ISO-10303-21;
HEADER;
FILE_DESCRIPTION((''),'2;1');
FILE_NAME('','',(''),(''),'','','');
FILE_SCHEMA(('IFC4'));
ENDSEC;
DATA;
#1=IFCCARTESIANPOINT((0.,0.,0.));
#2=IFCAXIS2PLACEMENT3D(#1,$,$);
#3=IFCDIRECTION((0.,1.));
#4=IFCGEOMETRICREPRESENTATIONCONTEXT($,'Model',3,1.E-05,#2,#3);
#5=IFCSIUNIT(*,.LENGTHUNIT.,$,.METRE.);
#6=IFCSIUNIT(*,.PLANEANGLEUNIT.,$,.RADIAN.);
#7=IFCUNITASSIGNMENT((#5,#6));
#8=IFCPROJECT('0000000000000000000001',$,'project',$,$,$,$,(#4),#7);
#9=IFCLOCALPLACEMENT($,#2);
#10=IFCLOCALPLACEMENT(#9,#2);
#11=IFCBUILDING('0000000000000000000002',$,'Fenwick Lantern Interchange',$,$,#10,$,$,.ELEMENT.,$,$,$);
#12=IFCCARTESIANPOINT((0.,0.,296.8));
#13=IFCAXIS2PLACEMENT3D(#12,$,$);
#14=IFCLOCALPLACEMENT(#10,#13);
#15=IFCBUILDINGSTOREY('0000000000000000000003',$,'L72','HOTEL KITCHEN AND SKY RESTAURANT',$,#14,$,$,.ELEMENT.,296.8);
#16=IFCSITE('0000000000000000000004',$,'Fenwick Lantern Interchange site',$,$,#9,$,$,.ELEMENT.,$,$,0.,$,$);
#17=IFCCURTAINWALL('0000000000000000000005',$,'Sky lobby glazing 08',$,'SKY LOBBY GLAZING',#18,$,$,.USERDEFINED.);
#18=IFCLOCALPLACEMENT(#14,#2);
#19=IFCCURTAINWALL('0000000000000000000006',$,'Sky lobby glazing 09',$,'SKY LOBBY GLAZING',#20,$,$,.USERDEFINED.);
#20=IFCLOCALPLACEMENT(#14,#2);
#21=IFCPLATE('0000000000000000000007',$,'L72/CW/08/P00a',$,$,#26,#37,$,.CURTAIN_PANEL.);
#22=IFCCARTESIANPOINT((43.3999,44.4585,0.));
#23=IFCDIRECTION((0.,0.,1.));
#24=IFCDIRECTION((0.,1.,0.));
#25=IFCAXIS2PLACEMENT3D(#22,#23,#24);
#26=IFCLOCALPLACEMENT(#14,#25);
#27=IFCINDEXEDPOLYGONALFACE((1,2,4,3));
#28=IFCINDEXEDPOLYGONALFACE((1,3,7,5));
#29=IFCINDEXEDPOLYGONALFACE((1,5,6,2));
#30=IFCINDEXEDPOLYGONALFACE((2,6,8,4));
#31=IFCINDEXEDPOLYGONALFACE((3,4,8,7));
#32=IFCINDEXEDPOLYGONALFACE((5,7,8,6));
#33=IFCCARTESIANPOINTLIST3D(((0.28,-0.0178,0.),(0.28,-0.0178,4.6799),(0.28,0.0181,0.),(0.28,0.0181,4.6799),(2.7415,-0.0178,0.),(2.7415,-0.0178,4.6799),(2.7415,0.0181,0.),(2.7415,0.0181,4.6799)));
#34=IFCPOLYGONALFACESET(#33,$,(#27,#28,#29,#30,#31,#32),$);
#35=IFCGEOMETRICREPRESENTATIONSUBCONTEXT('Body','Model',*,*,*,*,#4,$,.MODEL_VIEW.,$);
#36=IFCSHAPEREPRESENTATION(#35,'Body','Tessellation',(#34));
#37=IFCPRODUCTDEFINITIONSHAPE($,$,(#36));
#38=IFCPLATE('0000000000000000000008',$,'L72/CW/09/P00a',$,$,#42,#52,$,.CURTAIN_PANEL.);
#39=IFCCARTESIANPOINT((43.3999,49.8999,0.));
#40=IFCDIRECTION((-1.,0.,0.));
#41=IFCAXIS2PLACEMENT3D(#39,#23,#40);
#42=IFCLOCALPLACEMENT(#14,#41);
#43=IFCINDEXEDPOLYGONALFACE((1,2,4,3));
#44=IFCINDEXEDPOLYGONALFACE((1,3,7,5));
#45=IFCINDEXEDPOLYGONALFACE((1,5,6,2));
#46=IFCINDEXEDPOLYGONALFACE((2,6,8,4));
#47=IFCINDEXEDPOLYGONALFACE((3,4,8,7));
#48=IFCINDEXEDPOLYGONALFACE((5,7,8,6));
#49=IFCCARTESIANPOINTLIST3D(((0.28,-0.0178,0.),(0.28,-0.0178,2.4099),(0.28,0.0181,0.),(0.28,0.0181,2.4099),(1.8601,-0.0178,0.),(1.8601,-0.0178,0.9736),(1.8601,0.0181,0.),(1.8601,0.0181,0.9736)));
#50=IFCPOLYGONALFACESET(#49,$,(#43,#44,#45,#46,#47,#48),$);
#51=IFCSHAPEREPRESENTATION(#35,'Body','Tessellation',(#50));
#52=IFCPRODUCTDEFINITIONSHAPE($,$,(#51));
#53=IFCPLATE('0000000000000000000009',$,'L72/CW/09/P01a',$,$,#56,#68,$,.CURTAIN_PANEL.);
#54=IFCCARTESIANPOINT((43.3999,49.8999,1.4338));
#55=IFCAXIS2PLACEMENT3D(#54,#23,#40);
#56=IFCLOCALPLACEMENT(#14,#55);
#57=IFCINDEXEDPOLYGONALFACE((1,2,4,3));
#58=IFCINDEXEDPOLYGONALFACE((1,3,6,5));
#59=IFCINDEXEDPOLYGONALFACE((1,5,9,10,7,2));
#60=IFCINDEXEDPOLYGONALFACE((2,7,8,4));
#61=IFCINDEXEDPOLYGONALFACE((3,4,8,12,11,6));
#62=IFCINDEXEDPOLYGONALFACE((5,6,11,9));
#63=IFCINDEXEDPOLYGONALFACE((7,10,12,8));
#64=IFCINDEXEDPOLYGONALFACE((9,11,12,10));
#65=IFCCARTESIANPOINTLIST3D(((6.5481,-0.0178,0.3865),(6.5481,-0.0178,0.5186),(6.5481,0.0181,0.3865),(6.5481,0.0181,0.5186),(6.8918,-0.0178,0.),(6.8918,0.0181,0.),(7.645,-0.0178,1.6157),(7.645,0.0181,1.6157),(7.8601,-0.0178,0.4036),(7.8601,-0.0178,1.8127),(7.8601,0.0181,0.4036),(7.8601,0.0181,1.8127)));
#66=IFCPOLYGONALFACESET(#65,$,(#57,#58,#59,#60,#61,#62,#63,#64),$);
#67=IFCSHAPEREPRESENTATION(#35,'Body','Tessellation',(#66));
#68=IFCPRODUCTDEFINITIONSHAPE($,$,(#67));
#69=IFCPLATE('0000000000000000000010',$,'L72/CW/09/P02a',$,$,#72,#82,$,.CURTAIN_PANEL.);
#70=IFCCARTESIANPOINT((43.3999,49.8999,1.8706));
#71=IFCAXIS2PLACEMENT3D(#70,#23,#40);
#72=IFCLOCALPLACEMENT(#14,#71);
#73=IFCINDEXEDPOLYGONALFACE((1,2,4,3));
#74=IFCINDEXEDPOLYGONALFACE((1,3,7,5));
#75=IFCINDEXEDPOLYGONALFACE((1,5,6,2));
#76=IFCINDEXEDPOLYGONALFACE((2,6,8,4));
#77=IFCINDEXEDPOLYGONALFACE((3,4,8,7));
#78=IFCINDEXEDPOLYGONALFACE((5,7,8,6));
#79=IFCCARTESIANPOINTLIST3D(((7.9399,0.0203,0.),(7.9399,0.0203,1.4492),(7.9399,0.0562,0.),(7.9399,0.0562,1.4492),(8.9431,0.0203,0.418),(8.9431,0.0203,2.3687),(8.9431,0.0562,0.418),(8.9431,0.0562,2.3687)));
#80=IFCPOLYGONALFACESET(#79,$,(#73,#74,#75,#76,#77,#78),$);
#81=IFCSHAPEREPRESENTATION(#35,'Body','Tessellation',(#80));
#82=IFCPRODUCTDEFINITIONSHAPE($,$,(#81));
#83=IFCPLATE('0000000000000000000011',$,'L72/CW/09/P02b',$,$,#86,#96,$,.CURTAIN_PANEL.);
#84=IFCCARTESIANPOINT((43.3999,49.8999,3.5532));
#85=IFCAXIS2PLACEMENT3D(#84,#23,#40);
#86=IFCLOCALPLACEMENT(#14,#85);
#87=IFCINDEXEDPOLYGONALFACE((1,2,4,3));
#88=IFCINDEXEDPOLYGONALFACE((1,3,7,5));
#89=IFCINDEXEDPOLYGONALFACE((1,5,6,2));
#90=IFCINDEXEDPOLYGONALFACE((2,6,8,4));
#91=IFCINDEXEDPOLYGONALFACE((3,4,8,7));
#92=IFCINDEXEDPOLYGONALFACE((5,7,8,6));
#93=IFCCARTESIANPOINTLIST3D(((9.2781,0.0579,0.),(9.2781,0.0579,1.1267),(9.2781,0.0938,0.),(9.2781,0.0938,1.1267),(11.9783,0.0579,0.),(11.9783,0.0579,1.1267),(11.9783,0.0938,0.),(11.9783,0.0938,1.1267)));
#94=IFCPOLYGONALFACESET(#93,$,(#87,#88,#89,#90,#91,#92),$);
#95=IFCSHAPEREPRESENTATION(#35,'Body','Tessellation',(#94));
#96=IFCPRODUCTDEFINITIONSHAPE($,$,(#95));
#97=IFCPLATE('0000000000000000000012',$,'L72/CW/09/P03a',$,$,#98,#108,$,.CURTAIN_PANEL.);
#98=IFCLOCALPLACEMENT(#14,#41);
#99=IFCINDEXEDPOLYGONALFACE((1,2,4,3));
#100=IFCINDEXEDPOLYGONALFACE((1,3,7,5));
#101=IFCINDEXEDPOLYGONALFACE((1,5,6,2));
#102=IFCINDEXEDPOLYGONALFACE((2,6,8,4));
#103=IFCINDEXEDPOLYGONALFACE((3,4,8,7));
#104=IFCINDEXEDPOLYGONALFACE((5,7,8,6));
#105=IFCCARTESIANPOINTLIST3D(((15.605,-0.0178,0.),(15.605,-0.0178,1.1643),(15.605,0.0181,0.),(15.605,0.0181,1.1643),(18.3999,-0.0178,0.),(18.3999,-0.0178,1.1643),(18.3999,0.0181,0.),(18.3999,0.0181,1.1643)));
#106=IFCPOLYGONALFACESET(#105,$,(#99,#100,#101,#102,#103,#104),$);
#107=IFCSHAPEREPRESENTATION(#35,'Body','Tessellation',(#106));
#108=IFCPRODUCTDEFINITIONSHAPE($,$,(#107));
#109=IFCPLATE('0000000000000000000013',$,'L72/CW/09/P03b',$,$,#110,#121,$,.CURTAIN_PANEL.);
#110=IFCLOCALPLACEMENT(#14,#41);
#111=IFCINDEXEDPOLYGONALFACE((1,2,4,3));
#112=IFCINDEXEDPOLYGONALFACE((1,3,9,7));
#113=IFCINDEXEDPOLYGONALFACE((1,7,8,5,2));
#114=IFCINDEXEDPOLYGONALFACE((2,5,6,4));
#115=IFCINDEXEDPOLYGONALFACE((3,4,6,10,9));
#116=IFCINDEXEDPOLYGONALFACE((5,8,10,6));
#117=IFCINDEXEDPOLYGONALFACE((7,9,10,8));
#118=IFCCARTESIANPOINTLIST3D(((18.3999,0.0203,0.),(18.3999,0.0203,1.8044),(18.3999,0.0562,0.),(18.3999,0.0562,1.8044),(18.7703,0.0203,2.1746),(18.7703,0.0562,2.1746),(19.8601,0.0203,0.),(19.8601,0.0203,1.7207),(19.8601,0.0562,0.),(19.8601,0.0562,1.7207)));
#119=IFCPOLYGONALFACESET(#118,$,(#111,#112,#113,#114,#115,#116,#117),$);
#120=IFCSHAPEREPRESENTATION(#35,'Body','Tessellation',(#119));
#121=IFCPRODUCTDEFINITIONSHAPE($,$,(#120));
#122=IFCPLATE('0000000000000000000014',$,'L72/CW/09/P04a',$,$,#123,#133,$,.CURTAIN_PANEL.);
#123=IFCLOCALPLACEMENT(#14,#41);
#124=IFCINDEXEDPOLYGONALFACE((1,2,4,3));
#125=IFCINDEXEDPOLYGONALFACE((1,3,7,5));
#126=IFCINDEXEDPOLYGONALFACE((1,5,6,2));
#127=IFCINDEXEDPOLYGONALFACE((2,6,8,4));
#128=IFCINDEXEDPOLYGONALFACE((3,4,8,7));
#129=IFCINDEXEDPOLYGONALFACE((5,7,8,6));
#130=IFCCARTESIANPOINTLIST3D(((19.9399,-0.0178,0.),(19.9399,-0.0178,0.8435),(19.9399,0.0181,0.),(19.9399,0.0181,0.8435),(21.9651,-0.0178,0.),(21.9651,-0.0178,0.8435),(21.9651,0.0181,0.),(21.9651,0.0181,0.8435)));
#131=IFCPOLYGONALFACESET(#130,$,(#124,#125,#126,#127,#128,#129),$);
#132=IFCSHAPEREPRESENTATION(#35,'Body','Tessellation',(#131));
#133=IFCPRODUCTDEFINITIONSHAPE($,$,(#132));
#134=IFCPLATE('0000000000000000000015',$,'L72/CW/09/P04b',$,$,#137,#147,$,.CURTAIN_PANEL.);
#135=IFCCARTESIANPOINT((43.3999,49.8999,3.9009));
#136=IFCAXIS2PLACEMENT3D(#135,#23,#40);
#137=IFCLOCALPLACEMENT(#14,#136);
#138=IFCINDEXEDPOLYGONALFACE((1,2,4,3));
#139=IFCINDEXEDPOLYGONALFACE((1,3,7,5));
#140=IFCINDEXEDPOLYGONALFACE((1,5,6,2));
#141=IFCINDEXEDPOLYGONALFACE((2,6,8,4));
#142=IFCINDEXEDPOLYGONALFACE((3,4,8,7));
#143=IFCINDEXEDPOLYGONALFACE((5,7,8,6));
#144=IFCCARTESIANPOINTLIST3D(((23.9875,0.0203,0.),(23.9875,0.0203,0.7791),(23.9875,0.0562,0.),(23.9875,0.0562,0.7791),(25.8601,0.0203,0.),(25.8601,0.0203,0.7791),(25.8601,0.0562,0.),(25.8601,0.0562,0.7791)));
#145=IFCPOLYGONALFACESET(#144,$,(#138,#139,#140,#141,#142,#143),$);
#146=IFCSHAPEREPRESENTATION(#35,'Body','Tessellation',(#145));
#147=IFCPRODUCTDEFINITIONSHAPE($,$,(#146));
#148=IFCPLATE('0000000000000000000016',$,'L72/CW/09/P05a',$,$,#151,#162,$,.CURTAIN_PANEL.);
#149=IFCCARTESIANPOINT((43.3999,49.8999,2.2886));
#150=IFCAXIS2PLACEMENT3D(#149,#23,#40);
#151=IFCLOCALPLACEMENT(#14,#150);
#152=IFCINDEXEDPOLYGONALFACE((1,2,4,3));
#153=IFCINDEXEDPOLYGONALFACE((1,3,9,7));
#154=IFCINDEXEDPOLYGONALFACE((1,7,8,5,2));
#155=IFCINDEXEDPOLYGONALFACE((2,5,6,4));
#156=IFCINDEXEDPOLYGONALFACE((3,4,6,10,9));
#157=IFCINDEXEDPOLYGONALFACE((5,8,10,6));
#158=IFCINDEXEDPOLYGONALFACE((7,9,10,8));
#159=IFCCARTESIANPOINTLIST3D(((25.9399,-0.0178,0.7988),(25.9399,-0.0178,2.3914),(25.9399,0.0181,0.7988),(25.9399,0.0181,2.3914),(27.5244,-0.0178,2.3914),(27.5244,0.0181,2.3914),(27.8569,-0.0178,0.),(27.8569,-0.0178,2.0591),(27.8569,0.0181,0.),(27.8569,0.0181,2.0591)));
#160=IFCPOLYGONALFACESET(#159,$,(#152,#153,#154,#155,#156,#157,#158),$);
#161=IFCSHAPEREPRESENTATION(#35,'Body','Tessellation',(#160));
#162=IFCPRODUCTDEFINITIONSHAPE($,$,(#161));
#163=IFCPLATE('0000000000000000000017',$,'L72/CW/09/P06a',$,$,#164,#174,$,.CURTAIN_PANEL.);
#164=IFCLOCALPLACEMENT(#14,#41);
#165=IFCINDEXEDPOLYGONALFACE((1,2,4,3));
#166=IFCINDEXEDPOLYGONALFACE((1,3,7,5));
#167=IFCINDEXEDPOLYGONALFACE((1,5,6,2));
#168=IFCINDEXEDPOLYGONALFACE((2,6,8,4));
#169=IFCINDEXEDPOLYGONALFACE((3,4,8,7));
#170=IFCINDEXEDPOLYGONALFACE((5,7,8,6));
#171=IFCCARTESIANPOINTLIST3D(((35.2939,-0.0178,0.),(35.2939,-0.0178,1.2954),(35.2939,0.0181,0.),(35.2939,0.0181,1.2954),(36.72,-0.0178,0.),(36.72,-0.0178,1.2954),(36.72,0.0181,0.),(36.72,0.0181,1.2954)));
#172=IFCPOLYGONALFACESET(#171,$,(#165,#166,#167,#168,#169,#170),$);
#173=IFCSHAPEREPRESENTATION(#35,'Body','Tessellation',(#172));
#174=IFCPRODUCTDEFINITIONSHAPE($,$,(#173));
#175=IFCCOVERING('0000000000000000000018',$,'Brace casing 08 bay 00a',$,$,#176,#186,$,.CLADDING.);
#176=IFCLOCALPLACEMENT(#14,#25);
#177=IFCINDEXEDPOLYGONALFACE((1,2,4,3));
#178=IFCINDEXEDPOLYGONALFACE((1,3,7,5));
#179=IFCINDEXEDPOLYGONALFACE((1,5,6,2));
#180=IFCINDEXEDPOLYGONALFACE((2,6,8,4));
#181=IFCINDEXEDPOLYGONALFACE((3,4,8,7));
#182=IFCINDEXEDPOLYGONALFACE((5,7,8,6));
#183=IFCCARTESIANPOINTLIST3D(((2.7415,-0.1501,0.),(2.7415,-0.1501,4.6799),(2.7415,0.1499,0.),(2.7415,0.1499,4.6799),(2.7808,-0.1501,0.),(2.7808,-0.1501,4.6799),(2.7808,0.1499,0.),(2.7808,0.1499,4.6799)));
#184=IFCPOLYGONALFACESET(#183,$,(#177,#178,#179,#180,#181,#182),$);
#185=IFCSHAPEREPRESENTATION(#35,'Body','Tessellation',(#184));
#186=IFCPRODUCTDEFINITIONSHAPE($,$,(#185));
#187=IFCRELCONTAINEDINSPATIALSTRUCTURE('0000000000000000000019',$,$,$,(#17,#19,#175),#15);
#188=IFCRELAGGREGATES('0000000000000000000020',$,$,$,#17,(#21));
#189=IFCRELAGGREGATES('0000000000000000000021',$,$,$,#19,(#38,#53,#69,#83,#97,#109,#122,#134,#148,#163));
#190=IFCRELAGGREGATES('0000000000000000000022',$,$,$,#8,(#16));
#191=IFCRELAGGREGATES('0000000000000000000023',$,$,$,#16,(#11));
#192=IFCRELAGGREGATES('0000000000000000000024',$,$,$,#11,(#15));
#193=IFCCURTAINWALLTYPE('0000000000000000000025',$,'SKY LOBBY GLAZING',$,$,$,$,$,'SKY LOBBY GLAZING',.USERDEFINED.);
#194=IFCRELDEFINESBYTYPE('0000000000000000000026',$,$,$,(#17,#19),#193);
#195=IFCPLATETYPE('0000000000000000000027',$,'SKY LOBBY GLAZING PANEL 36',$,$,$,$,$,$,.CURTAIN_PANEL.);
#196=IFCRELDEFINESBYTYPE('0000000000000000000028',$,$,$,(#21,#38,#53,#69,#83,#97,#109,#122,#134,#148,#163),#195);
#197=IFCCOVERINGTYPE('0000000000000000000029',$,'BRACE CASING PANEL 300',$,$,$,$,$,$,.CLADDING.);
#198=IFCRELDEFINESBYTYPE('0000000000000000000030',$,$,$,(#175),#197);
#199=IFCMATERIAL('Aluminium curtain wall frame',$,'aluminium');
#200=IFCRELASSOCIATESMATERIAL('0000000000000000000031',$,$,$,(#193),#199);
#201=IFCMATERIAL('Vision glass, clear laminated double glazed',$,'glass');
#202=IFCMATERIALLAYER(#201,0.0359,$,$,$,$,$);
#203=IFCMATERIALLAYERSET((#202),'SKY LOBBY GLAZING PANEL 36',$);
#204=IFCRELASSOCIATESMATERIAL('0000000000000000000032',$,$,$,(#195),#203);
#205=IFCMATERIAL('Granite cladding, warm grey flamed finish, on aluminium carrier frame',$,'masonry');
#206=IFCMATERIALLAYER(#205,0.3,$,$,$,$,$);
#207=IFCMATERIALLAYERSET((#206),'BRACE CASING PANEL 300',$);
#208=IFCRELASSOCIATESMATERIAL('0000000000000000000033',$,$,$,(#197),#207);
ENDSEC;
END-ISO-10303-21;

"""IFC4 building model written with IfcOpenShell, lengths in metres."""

from ifc_helpers import new_model, si_unit, direction, frame, origin, place, context, subcontext, project, spatial, polyline, outline, extrude, material, layer, layer_set, type_object, element, aggregate, save


model = new_model("IFC4")

# Units and contexts
model_context = context("Model", 3, precision=1e-05, world=origin(), true_north=direction((0.0, 1.0)))
body_context = subcontext(model_context, "Body", "Model", "MODEL_VIEW")
ifc_project = project(units=[si_unit("LENGTHUNIT", "METRE"), si_unit("PLANEANGLEUNIT", "RADIAN")], contexts=[model_context])

# Site, building, storey
site_placement = place(None, origin())
site = spatial("IfcSite", under=ifc_project, at=site_placement, Name="Fenwick Lantern Interchange site", CompositionType="ELEMENT", RefElevation=0.0)
building_placement = place(site_placement, origin())
building = spatial("IfcBuilding", under=site, at=building_placement, Name="Fenwick Lantern Interchange", CompositionType="ELEMENT")
storey_placement = place(building_placement, frame((0.0, 0.0, 296.8)))
storey = spatial("IfcBuildingStorey", under=building, at=storey_placement, Name="L72", Description="HOTEL KITCHEN AND SKY RESTAURANT", CompositionType="ELEMENT", Elevation=296.8)

# Shared definitions
ifc_material_1 = material(Name="Aluminium curtain wall frame", Category="aluminium")
curtain_wall_type = type_object("IfcCurtainWallType", Name="SKY LOBBY GLAZING", ElementType="SKY LOBBY GLAZING", PredefinedType="USERDEFINED", material=ifc_material_1)

# Curtain wall
curtain_wall_1_placement = place(storey_placement, origin())
curtain_wall_1 = element("IfcCurtainWall", 1, at=curtain_wall_1_placement, inside=storey, type_object=curtain_wall_type, Name="Sky lobby glazing 08", ObjectType="SKY LOBBY GLAZING", PredefinedType="USERDEFINED")

# Curtain wall
curtain_wall_2_placement = place(storey_placement, origin())
curtain_wall_2 = element("IfcCurtainWall", 2, at=curtain_wall_2_placement, inside=storey, type_object=curtain_wall_type, Name="Sky lobby glazing 09", ObjectType="SKY LOBBY GLAZING", PredefinedType="USERDEFINED")

# Plates
ifc_material_2 = material(Name="Vision glass, clear laminated double glazed", Category="glass")
ifc_layer_1 = layer(ifc_material_2, 0.0359)
ifc_layer_set_1 = layer_set([ifc_layer_1], Name="SKY LOBBY GLAZING PANEL 36")
plate_type = type_object("IfcPlateType", Name="SKY LOBBY GLAZING PANEL 36", PredefinedType="CURTAIN_PANEL", material=ifc_layer_set_1)
plate_1_placement = place(storey_placement, frame((43.3999, 44.4585, 0.0), z_axis=(0.0, 0.0, 1.0), x_axis=(0.0, 1.0, 0.0)))
plate_1 = element("IfcPlate", 3, at=plate_1_placement, type_object=plate_type, Name="L72/CW/08/P00a", PredefinedType="CURTAIN_PANEL", context=body_context, shape_type="SweptSolid", body=[
    extrude(outline(polyline([(0.28, 0.0), (2.7415, 0.0), (2.7415, 4.6799), (0.28, 4.6799), (0.28, 0.0)])), frame((0.0, 0.0181, 0.0), z_axis=(0.0, -1.0, 0.0), x_axis=(1.0, 0.0, 0.0)), (0.0, 0.0, 1.0), 0.0359),
])
aggregate(curtain_wall_1, [plate_1])
plate_2_placement = place(storey_placement, frame((43.3999, 49.8999, 0.0), z_axis=(0.0, 0.0, 1.0), x_axis=(-1.0, 0.0, 0.0)))
plate_2 = element("IfcPlate", 4, at=plate_2_placement, type_object=plate_type, Name="L72/CW/09/P00a", PredefinedType="CURTAIN_PANEL", context=body_context, shape_type="SweptSolid", body=[
    extrude(outline(polyline([(0.28, 0.0), (1.8601, 0.0), (1.8601, 0.9736), (0.28, 2.4099), (0.28, 0.0)])), frame((0.0, 0.0181, 0.0), z_axis=(0.0, -1.0, 0.0), x_axis=(1.0, 0.0, 0.0)), (0.0, 0.0, 1.0), 0.0359),
])
plate_3_placement = place(storey_placement, frame((43.3999, 49.8999, 1.4338), z_axis=(0.0, 0.0, 1.0), x_axis=(-1.0, 0.0, 0.0)))
plate_3 = element("IfcPlate", 5, at=plate_3_placement, type_object=plate_type, Name="L72/CW/09/P01a", PredefinedType="CURTAIN_PANEL", context=body_context, shape_type="SweptSolid", body=[
    extrude(outline(polyline([(6.8918, 0.0), (7.8601, 0.4036), (7.8601, 1.8127), (7.645, 1.6157), (6.5481, 0.5186), (6.5481, 0.3865), (6.8918, 0.0)])), frame((0.0, 0.0181, 0.0), z_axis=(0.0, -1.0, 0.0), x_axis=(1.0, 0.0, 0.0)), (0.0, 0.0, 1.0), 0.0359),
])
plate_4_placement = place(storey_placement, frame((43.3999, 49.8999, 1.8706), z_axis=(0.0, 0.0, 1.0), x_axis=(-1.0, 0.0, 0.0)))
plate_4 = element("IfcPlate", 6, at=plate_4_placement, type_object=plate_type, Name="L72/CW/09/P02a", PredefinedType="CURTAIN_PANEL", context=body_context, shape_type="SweptSolid", body=[
    extrude(outline(polyline([(7.9399, 0.0), (8.9431, 0.418), (8.9431, 2.3687), (7.9399, 1.4492), (7.9399, 0.0)])), frame((0.0, 0.0562, 0.0), z_axis=(0.0, -1.0, 0.0), x_axis=(1.0, 0.0, 0.0)), (0.0, 0.0, 1.0), 0.0359),
])
plate_5_placement = place(storey_placement, frame((43.3999, 49.8999, 3.5532), z_axis=(0.0, 0.0, 1.0), x_axis=(-1.0, 0.0, 0.0)))
plate_5 = element("IfcPlate", 7, at=plate_5_placement, type_object=plate_type, Name="L72/CW/09/P02b", PredefinedType="CURTAIN_PANEL", context=body_context, shape_type="SweptSolid", body=[
    extrude(outline(polyline([(9.2781, 0.0), (11.9783, 0.0), (11.9783, 1.1267), (9.2781, 1.1267), (9.2781, 0.0)])), frame((0.0, 0.0938, 0.0), z_axis=(0.0, -1.0, 0.0), x_axis=(1.0, 0.0, 0.0)), (0.0, 0.0, 1.0), 0.0359),
])
plate_6_placement = place(storey_placement, frame((43.3999, 49.8999, 0.0), z_axis=(0.0, 0.0, 1.0), x_axis=(-1.0, 0.0, 0.0)))
plate_6 = element("IfcPlate", 8, at=plate_6_placement, type_object=plate_type, Name="L72/CW/09/P03a", PredefinedType="CURTAIN_PANEL", context=body_context, shape_type="SweptSolid", body=[
    extrude(outline(polyline([(15.605, 0.0), (18.3999, 0.0), (18.3999, 1.1643), (15.605, 1.1643), (15.605, 0.0)])), frame((0.0, 0.0181, 0.0), z_axis=(0.0, -1.0, 0.0), x_axis=(1.0, 0.0, 0.0)), (0.0, 0.0, 1.0), 0.0359),
])
plate_7_placement = place(storey_placement, frame((43.3999, 49.8999, 0.0), z_axis=(0.0, 0.0, 1.0), x_axis=(-1.0, 0.0, 0.0)))
plate_7 = element("IfcPlate", 9, at=plate_7_placement, type_object=plate_type, Name="L72/CW/09/P03b", PredefinedType="CURTAIN_PANEL", context=body_context, shape_type="SweptSolid", body=[
    extrude(outline(polyline([(18.3999, 0.0), (19.8601, 0.0), (19.8601, 1.7207), (18.7703, 2.1746), (18.3999, 1.8044), (18.3999, 0.0)])), frame((0.0, 0.0562, 0.0), z_axis=(0.0, -1.0, 0.0), x_axis=(1.0, 0.0, 0.0)), (0.0, 0.0, 1.0), 0.0359),
])
plate_8_placement = place(storey_placement, frame((43.3999, 49.8999, 0.0), z_axis=(0.0, 0.0, 1.0), x_axis=(-1.0, 0.0, 0.0)))
plate_8 = element("IfcPlate", 10, at=plate_8_placement, type_object=plate_type, Name="L72/CW/09/P04a", PredefinedType="CURTAIN_PANEL", context=body_context, shape_type="SweptSolid", body=[
    extrude(outline(polyline([(19.9399, 0.0), (21.9651, 0.0), (21.9651, 0.8435), (19.9399, 0.8435), (19.9399, 0.0)])), frame((0.0, 0.0181, 0.0), z_axis=(0.0, -1.0, 0.0), x_axis=(1.0, 0.0, 0.0)), (0.0, 0.0, 1.0), 0.0359),
])
plate_9_placement = place(storey_placement, frame((43.3999, 49.8999, 3.9009), z_axis=(0.0, 0.0, 1.0), x_axis=(-1.0, 0.0, 0.0)))
plate_9 = element("IfcPlate", 11, at=plate_9_placement, type_object=plate_type, Name="L72/CW/09/P04b", PredefinedType="CURTAIN_PANEL", context=body_context, shape_type="SweptSolid", body=[
    extrude(outline(polyline([(23.9875, 0.0), (25.8601, 0.0), (25.8601, 0.7791), (23.9875, 0.7791), (23.9875, 0.0)])), frame((0.0, 0.0562, 0.0), z_axis=(0.0, -1.0, 0.0), x_axis=(1.0, 0.0, 0.0)), (0.0, 0.0, 1.0), 0.0359),
])
plate_10_placement = place(storey_placement, frame((43.3999, 49.8999, 2.2886), z_axis=(0.0, 0.0, 1.0), x_axis=(-1.0, 0.0, 0.0)))
plate_10 = element("IfcPlate", 12, at=plate_10_placement, type_object=plate_type, Name="L72/CW/09/P05a", PredefinedType="CURTAIN_PANEL", context=body_context, shape_type="SweptSolid", body=[
    extrude(outline(polyline([(27.8569, 0.0), (27.8569, 2.0591), (27.5244, 2.3914), (25.9399, 2.3914), (25.9399, 0.7988), (27.8569, 0.0)])), frame((0.0, 0.0181, 0.0), z_axis=(0.0, -1.0, 0.0), x_axis=(1.0, 0.0, 0.0)), (0.0, 0.0, 1.0), 0.0359),
])
plate_11_placement = place(storey_placement, frame((43.3999, 49.8999, 0.0), z_axis=(0.0, 0.0, 1.0), x_axis=(-1.0, 0.0, 0.0)))
plate_11 = element("IfcPlate", 13, at=plate_11_placement, type_object=plate_type, Name="L72/CW/09/P06a", PredefinedType="CURTAIN_PANEL", context=body_context, shape_type="SweptSolid", body=[
    extrude(outline(polyline([(35.2939, 0.0), (36.72, 0.0), (36.72, 1.2954), (35.2939, 1.2954), (35.2939, 0.0)])), frame((0.0, 0.0181, 0.0), z_axis=(0.0, -1.0, 0.0), x_axis=(1.0, 0.0, 0.0)), (0.0, 0.0, 1.0), 0.0359),
])
aggregate(curtain_wall_2, [plate_2, plate_3, plate_4, plate_5, plate_6, plate_7, plate_8, plate_9, plate_10, plate_11])

# Covering
ifc_material_3 = material(Name="Granite cladding, warm grey flamed finish, on aluminium carrier frame", Category="masonry")
ifc_layer_2 = layer(ifc_material_3, 0.3)
ifc_layer_set_2 = layer_set([ifc_layer_2], Name="BRACE CASING PANEL 300")
covering_type = type_object("IfcCoveringType", Name="BRACE CASING PANEL 300", PredefinedType="CLADDING", material=ifc_layer_set_2)
covering_1_placement = place(storey_placement, frame((43.3999, 44.4585, 0.0), z_axis=(0.0, 0.0, 1.0), x_axis=(0.0, 1.0, 0.0)))
element("IfcCovering", 14, at=covering_1_placement, inside=storey, type_object=covering_type, Name="Brace casing 08 bay 00a", PredefinedType="CLADDING", context=body_context, shape_type="SweptSolid", body=[
    extrude(outline(polyline([(2.7415, 0.0), (2.7808, 0.0), (2.7808, 4.6799), (2.7415, 4.6799), (2.7415, 0.0)])), frame((0.0, 0.1499, 0.0), z_axis=(0.0, -1.0, 0.0), x_axis=(1.0, 0.0, 0.0)), (0.0, 0.0, 1.0), 0.3),
])

save(model, "model.ifc")
